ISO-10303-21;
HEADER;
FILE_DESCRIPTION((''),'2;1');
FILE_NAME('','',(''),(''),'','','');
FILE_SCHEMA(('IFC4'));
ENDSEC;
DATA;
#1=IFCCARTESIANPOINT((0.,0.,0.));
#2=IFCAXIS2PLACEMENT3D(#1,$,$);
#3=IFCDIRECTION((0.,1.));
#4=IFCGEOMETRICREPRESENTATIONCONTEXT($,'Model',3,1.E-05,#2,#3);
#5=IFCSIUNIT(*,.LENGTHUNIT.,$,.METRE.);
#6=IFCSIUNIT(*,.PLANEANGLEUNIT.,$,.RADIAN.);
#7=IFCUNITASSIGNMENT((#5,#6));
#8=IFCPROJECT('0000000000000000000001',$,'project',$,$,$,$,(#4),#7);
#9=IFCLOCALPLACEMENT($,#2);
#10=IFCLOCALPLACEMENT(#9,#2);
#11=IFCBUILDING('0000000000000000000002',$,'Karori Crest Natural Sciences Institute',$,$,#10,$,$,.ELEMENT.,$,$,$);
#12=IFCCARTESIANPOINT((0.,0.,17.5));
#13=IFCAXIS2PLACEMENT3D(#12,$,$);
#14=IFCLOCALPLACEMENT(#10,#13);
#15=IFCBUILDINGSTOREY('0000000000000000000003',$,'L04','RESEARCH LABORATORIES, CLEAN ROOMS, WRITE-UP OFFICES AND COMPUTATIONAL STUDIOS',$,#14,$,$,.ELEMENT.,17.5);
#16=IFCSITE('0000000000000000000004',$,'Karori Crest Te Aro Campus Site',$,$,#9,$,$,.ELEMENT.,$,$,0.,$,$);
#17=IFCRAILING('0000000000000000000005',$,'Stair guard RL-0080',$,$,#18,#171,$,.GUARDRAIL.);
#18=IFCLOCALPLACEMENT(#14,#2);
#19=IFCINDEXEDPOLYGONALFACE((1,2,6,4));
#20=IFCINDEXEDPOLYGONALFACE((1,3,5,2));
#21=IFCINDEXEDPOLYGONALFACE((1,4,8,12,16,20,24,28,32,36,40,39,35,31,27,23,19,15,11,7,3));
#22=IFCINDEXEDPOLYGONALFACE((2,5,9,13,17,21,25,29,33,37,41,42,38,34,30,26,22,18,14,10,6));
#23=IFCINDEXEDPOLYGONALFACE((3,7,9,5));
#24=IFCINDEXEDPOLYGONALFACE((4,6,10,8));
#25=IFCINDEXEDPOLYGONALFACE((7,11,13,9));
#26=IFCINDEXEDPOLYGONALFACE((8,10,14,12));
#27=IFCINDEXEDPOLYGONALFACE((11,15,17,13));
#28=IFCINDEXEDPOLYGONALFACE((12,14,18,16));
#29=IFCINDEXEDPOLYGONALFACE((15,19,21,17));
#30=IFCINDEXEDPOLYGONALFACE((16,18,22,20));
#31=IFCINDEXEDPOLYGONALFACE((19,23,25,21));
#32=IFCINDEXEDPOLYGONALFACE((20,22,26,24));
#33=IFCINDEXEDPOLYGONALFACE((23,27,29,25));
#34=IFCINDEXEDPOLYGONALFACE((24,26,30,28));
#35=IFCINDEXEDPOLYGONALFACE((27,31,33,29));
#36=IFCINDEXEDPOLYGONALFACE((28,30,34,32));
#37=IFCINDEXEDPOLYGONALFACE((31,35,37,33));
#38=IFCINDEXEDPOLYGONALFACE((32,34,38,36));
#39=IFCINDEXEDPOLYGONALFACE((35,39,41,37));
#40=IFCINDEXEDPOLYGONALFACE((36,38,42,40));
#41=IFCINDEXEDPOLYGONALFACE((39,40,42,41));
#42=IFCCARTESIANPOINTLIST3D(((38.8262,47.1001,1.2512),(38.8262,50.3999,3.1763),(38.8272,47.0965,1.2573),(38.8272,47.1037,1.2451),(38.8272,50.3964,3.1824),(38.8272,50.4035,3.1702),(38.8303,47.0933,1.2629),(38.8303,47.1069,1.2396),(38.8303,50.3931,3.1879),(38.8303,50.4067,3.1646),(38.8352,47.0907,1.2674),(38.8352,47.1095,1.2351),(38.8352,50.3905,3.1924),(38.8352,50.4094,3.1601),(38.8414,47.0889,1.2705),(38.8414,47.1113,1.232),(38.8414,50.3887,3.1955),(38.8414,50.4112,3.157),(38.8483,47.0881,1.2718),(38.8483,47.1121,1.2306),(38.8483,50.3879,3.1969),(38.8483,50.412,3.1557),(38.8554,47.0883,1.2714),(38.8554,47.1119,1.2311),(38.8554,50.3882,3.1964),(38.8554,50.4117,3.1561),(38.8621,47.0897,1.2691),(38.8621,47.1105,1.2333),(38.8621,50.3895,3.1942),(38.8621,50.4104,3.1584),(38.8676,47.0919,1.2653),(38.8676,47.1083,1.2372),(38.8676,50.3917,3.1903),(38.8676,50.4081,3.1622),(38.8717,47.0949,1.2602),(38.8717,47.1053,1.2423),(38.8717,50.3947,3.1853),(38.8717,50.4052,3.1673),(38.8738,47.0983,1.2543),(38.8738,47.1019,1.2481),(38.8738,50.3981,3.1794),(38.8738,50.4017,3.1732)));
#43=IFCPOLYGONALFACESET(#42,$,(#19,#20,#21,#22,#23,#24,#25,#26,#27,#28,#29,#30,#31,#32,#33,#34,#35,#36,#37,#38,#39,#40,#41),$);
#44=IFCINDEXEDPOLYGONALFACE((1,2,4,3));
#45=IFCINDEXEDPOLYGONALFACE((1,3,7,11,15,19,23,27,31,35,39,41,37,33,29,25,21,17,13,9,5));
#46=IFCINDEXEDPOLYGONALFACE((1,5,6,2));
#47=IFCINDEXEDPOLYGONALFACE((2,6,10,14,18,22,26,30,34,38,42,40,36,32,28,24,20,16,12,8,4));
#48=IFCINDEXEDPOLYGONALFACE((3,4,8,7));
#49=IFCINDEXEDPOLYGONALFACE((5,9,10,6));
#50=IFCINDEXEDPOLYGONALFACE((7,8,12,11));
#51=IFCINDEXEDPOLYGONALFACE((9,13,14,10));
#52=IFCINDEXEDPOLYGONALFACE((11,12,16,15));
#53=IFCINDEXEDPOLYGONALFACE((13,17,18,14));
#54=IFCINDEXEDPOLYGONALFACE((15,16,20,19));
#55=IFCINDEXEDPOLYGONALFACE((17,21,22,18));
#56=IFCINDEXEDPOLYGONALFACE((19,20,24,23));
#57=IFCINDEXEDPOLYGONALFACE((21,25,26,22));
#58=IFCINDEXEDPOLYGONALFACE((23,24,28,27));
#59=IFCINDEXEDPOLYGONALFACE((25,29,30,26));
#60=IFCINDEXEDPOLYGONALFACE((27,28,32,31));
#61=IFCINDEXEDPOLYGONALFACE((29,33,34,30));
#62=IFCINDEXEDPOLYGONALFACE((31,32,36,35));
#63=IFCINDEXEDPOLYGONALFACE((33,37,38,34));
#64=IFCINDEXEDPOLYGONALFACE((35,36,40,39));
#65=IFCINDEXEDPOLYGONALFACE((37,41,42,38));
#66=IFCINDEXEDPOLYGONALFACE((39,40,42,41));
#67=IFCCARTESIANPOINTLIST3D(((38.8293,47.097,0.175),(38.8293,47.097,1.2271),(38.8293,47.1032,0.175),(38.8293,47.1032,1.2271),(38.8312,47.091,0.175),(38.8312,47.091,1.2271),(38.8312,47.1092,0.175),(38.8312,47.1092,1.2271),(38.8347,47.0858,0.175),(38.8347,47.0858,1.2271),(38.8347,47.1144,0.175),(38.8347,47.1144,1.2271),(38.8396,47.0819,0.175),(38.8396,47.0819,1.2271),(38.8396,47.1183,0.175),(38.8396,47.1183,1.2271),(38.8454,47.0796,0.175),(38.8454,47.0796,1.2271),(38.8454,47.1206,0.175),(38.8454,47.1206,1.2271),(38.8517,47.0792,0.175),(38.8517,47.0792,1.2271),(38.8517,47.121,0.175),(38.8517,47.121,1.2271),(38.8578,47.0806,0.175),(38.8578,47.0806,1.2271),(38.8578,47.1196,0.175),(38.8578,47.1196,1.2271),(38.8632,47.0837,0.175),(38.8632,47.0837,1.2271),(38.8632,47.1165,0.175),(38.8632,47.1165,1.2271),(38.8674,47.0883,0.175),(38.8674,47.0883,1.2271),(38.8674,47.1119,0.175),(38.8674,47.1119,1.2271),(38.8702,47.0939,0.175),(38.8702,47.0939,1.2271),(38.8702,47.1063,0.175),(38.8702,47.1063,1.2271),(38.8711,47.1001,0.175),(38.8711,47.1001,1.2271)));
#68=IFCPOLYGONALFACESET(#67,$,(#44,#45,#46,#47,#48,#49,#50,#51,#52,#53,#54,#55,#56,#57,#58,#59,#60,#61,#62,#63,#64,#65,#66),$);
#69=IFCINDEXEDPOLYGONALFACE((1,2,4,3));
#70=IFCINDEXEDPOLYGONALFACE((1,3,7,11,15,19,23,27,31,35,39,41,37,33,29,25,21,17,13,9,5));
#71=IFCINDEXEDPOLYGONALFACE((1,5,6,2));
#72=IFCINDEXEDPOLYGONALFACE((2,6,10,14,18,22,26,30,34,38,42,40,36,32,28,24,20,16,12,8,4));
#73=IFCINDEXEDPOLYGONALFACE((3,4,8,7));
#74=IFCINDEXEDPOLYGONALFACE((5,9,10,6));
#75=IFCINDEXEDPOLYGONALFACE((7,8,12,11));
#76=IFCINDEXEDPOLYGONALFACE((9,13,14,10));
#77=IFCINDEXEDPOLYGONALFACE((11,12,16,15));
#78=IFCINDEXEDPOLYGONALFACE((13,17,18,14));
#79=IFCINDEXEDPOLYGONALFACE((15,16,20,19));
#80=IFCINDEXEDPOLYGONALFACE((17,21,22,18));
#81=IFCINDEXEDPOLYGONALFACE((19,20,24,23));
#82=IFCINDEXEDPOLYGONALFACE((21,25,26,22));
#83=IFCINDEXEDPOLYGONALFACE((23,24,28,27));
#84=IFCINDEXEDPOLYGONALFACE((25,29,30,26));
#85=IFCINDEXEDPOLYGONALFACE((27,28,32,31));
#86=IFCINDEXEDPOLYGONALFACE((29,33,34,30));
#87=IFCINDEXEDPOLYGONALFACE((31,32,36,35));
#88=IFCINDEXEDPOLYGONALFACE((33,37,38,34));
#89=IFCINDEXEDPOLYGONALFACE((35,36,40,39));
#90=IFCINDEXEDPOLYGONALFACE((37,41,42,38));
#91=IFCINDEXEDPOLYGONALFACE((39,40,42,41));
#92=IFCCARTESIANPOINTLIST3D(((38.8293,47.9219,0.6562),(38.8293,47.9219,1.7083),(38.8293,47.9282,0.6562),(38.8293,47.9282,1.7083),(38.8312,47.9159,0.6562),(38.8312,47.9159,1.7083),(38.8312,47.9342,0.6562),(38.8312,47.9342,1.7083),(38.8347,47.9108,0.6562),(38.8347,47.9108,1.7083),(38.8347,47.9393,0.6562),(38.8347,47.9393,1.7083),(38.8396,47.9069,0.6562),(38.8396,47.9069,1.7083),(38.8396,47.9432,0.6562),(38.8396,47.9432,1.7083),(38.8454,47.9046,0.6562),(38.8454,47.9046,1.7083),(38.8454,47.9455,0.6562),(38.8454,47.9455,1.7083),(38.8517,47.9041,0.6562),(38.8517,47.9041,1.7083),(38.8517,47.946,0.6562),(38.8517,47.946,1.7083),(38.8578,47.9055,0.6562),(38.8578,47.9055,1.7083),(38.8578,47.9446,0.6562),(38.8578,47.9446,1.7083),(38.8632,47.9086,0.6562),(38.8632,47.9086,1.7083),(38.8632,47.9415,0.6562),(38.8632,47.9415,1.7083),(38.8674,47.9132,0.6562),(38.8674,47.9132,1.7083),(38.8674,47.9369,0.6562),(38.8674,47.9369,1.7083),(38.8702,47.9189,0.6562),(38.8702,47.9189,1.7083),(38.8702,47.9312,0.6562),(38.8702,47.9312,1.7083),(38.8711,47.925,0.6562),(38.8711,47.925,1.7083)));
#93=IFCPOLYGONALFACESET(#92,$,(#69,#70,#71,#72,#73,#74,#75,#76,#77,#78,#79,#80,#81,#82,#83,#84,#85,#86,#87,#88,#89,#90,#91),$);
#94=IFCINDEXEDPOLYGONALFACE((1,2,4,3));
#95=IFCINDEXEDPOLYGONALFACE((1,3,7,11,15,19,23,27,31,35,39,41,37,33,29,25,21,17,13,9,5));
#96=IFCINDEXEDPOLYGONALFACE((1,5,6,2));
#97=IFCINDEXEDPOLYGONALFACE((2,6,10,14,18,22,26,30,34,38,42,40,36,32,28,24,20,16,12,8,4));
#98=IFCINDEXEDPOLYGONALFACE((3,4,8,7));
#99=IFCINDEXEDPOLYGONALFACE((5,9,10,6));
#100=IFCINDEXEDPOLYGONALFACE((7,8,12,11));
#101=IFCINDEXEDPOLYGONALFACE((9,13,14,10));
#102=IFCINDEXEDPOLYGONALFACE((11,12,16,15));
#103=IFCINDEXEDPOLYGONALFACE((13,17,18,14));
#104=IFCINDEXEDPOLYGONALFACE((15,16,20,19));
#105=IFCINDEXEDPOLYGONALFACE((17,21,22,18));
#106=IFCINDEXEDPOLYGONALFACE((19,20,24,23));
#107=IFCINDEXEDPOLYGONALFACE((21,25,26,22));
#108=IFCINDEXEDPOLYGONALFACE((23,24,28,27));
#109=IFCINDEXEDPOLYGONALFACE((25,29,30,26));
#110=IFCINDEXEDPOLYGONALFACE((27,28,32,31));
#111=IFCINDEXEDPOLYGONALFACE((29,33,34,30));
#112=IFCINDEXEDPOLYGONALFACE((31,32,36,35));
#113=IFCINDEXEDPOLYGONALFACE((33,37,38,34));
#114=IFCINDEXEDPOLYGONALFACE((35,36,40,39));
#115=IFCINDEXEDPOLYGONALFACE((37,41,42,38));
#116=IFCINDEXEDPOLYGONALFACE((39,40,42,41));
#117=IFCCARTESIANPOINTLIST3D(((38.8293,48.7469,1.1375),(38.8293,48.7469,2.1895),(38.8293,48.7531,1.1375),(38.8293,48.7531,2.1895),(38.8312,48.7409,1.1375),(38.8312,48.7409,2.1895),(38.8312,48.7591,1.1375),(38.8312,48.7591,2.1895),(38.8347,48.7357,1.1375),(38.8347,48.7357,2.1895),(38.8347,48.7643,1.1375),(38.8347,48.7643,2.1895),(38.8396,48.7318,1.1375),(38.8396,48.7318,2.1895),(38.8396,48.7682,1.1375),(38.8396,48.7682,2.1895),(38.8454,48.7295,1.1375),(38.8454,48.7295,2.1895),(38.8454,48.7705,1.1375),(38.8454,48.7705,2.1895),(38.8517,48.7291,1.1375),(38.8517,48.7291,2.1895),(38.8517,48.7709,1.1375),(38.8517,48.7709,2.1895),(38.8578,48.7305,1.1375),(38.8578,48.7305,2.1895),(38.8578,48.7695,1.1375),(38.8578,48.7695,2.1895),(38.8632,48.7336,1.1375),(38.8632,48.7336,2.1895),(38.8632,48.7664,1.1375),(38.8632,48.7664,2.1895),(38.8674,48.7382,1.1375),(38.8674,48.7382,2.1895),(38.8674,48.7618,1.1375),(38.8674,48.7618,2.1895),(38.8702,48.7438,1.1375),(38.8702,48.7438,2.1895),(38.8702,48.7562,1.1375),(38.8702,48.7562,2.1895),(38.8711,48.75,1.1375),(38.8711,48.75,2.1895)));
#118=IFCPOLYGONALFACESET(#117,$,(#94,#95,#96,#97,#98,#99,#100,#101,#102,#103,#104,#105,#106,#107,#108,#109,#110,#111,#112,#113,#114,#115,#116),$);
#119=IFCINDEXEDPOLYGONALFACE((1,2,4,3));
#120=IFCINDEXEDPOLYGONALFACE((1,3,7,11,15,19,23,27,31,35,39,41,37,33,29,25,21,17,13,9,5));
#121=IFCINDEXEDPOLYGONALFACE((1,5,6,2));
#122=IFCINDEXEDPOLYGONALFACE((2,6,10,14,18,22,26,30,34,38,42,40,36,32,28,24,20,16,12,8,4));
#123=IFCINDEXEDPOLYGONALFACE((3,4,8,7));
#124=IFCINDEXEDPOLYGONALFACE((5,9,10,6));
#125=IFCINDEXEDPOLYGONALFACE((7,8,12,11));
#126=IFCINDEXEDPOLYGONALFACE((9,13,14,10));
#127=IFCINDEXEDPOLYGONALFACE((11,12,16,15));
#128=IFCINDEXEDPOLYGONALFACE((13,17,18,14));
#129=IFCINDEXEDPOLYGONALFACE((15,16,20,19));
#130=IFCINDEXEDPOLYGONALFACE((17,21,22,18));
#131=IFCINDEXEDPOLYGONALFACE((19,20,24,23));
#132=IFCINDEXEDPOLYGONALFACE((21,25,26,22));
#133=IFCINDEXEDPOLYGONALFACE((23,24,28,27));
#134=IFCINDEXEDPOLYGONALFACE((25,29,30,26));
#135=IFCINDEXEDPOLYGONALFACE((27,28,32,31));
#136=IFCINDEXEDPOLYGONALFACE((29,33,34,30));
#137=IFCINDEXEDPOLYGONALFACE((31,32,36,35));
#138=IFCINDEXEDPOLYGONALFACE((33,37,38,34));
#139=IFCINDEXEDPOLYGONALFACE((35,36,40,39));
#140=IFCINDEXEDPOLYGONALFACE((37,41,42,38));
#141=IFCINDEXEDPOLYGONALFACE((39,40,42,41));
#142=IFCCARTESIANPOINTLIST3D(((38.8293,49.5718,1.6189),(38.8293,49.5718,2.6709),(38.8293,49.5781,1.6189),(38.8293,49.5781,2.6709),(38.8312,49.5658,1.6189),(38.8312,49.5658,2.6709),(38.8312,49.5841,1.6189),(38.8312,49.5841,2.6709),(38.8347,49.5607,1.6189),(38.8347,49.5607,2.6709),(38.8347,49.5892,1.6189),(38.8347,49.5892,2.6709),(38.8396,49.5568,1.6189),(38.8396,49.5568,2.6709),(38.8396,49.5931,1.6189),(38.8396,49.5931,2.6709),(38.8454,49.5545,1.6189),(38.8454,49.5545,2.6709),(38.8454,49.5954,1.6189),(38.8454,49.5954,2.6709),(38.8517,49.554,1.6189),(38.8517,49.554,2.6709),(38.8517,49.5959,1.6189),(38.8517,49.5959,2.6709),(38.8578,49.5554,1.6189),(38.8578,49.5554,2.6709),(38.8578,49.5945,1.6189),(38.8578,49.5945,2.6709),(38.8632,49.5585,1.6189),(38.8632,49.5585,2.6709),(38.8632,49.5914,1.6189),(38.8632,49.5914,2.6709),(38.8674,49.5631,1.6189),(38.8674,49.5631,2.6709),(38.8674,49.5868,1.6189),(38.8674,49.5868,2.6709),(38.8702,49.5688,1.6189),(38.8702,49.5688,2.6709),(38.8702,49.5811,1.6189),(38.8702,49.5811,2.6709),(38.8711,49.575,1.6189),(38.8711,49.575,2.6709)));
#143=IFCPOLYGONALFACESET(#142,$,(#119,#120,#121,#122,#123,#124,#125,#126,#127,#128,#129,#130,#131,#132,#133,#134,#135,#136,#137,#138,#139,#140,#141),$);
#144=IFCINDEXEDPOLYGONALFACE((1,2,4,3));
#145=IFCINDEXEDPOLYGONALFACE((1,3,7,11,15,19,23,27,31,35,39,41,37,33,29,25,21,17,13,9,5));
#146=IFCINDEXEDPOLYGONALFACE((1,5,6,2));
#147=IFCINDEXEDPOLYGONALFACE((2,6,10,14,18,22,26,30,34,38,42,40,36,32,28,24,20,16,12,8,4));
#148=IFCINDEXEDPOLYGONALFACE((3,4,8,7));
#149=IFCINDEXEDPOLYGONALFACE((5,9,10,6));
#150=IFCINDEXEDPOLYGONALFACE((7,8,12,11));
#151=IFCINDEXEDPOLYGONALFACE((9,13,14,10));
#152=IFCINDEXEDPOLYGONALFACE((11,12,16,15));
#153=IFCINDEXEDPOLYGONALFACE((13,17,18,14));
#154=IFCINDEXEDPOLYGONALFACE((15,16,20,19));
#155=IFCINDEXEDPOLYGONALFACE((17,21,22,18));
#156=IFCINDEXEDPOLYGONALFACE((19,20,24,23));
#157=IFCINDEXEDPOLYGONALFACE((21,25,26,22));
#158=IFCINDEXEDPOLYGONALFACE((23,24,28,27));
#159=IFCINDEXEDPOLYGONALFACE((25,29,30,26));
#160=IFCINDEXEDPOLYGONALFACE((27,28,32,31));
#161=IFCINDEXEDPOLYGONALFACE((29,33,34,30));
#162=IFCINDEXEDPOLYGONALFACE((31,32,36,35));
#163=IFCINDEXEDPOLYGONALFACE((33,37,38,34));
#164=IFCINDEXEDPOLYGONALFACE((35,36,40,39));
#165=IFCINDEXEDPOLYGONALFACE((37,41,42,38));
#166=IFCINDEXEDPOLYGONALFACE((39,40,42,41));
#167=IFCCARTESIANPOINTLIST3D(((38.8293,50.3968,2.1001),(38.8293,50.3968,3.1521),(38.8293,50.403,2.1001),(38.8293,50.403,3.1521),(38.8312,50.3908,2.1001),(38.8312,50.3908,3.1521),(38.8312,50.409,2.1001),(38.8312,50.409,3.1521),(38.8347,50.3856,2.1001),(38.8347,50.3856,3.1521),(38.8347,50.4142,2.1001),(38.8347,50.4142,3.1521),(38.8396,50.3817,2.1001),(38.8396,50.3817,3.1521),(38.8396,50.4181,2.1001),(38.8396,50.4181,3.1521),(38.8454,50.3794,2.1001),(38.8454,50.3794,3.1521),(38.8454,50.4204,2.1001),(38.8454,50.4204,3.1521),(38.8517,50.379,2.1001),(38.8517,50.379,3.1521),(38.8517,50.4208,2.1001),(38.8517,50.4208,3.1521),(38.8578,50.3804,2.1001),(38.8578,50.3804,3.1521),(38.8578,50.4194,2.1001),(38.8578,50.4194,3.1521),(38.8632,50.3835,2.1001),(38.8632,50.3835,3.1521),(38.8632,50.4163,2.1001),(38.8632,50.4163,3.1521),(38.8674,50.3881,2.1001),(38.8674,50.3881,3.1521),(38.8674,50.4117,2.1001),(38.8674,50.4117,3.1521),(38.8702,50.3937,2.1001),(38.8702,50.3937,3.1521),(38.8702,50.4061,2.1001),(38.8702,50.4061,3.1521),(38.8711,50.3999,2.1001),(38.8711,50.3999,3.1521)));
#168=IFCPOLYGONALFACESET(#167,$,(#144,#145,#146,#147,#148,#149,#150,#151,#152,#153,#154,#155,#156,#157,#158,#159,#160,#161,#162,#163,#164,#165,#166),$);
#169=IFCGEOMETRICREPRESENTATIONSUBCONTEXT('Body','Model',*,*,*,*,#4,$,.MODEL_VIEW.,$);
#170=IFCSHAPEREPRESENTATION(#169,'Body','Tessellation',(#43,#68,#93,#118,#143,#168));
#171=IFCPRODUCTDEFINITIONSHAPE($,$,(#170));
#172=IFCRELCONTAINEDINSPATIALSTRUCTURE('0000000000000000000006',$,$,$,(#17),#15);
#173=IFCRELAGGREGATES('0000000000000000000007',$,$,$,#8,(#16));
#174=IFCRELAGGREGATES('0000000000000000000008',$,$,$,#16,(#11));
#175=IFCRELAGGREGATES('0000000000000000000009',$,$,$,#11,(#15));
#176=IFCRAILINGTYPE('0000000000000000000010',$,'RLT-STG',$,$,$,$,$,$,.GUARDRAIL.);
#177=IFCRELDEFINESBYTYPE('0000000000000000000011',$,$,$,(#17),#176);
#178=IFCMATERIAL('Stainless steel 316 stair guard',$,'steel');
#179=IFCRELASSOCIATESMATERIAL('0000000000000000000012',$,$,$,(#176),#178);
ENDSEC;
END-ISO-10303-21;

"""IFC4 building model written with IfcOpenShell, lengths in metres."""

from ifc_helpers import new_model, si_unit, direction, frame, origin, origin_2d, place, context, subcontext, project, spatial, circle, extrude, material, type_object, element, save


model = new_model("IFC4")

# Units and contexts
model_context = context("Model", 3, precision=1e-05, world=origin(), true_north=direction((0.0, 1.0)))
body_context = subcontext(model_context, "Body", "Model", "MODEL_VIEW")
ifc_project = project(units=[si_unit("LENGTHUNIT", "METRE"), si_unit("PLANEANGLEUNIT", "RADIAN")], contexts=[model_context])

# Site, building, storey
site_placement = place(None, origin())
site = spatial("IfcSite", under=ifc_project, at=site_placement, Name="Karori Crest Te Aro Campus Site", CompositionType="ELEMENT", RefElevation=0.0)
building_placement = place(site_placement, origin())
building = spatial("IfcBuilding", under=site, at=building_placement, Name="Karori Crest Natural Sciences Institute", CompositionType="ELEMENT")
storey_placement = place(building_placement, frame((0.0, 0.0, 17.5)))
storey = spatial("IfcBuildingStorey", under=building, at=storey_placement, Name="L04", Description="RESEARCH LABORATORIES, CLEAN ROOMS, WRITE-UP OFFICES AND COMPUTATIONAL STUDIOS", CompositionType="ELEMENT", Elevation=17.5)

# Railing
ifc_material_1 = material(Name="Stainless steel 316 stair guard", Category="steel")
railing_type_1 = type_object("IfcRailingType", Name="RLT-STG", PredefinedType="GUARDRAIL", material=ifc_material_1)
railing_1_placement = place(storey_placement, frame((38.8501, 47.1001, 0.175)))
element("IfcRailing", 1, at=railing_1_placement, inside=storey, type_object=railing_type_1, Name="Stair guard RL-0080", PredefinedType="GUARDRAIL", context=body_context, shape_type="SweptSolid", body=[
    extrude(circle(Radius=0.0239, at=origin_2d()), frame((0.0, 0.0, 1.0762), z_axis=(0.0, 0.86376, 0.503903), x_axis=(-1.0, 0.0, 0.0)), (0.0, 0.0, 1.0), 3.8203),
    extrude(circle(Radius=0.021, at=origin_2d()), origin(), (0.0, 0.0, 1.0), 1.052),
    extrude(circle(Radius=0.021, at=origin_2d()), frame((0.0, 0.825, 0.4812)), (0.0, 0.0, 1.0), 1.052),
    extrude(circle(Radius=0.021, at=origin_2d()), frame((0.0, 1.6499, 0.9624)), (0.0, 0.0, 1.0), 1.052),
    extrude(circle(Radius=0.021, at=origin_2d()), frame((0.0, 2.4749, 1.4438)), (0.0, 0.0, 1.0), 1.052),
    extrude(circle(Radius=0.021, at=origin_2d()), frame((0.0, 3.2998, 1.925)), (0.0, 0.0, 1.0), 1.052),
])

save(model, "model.ifc")
